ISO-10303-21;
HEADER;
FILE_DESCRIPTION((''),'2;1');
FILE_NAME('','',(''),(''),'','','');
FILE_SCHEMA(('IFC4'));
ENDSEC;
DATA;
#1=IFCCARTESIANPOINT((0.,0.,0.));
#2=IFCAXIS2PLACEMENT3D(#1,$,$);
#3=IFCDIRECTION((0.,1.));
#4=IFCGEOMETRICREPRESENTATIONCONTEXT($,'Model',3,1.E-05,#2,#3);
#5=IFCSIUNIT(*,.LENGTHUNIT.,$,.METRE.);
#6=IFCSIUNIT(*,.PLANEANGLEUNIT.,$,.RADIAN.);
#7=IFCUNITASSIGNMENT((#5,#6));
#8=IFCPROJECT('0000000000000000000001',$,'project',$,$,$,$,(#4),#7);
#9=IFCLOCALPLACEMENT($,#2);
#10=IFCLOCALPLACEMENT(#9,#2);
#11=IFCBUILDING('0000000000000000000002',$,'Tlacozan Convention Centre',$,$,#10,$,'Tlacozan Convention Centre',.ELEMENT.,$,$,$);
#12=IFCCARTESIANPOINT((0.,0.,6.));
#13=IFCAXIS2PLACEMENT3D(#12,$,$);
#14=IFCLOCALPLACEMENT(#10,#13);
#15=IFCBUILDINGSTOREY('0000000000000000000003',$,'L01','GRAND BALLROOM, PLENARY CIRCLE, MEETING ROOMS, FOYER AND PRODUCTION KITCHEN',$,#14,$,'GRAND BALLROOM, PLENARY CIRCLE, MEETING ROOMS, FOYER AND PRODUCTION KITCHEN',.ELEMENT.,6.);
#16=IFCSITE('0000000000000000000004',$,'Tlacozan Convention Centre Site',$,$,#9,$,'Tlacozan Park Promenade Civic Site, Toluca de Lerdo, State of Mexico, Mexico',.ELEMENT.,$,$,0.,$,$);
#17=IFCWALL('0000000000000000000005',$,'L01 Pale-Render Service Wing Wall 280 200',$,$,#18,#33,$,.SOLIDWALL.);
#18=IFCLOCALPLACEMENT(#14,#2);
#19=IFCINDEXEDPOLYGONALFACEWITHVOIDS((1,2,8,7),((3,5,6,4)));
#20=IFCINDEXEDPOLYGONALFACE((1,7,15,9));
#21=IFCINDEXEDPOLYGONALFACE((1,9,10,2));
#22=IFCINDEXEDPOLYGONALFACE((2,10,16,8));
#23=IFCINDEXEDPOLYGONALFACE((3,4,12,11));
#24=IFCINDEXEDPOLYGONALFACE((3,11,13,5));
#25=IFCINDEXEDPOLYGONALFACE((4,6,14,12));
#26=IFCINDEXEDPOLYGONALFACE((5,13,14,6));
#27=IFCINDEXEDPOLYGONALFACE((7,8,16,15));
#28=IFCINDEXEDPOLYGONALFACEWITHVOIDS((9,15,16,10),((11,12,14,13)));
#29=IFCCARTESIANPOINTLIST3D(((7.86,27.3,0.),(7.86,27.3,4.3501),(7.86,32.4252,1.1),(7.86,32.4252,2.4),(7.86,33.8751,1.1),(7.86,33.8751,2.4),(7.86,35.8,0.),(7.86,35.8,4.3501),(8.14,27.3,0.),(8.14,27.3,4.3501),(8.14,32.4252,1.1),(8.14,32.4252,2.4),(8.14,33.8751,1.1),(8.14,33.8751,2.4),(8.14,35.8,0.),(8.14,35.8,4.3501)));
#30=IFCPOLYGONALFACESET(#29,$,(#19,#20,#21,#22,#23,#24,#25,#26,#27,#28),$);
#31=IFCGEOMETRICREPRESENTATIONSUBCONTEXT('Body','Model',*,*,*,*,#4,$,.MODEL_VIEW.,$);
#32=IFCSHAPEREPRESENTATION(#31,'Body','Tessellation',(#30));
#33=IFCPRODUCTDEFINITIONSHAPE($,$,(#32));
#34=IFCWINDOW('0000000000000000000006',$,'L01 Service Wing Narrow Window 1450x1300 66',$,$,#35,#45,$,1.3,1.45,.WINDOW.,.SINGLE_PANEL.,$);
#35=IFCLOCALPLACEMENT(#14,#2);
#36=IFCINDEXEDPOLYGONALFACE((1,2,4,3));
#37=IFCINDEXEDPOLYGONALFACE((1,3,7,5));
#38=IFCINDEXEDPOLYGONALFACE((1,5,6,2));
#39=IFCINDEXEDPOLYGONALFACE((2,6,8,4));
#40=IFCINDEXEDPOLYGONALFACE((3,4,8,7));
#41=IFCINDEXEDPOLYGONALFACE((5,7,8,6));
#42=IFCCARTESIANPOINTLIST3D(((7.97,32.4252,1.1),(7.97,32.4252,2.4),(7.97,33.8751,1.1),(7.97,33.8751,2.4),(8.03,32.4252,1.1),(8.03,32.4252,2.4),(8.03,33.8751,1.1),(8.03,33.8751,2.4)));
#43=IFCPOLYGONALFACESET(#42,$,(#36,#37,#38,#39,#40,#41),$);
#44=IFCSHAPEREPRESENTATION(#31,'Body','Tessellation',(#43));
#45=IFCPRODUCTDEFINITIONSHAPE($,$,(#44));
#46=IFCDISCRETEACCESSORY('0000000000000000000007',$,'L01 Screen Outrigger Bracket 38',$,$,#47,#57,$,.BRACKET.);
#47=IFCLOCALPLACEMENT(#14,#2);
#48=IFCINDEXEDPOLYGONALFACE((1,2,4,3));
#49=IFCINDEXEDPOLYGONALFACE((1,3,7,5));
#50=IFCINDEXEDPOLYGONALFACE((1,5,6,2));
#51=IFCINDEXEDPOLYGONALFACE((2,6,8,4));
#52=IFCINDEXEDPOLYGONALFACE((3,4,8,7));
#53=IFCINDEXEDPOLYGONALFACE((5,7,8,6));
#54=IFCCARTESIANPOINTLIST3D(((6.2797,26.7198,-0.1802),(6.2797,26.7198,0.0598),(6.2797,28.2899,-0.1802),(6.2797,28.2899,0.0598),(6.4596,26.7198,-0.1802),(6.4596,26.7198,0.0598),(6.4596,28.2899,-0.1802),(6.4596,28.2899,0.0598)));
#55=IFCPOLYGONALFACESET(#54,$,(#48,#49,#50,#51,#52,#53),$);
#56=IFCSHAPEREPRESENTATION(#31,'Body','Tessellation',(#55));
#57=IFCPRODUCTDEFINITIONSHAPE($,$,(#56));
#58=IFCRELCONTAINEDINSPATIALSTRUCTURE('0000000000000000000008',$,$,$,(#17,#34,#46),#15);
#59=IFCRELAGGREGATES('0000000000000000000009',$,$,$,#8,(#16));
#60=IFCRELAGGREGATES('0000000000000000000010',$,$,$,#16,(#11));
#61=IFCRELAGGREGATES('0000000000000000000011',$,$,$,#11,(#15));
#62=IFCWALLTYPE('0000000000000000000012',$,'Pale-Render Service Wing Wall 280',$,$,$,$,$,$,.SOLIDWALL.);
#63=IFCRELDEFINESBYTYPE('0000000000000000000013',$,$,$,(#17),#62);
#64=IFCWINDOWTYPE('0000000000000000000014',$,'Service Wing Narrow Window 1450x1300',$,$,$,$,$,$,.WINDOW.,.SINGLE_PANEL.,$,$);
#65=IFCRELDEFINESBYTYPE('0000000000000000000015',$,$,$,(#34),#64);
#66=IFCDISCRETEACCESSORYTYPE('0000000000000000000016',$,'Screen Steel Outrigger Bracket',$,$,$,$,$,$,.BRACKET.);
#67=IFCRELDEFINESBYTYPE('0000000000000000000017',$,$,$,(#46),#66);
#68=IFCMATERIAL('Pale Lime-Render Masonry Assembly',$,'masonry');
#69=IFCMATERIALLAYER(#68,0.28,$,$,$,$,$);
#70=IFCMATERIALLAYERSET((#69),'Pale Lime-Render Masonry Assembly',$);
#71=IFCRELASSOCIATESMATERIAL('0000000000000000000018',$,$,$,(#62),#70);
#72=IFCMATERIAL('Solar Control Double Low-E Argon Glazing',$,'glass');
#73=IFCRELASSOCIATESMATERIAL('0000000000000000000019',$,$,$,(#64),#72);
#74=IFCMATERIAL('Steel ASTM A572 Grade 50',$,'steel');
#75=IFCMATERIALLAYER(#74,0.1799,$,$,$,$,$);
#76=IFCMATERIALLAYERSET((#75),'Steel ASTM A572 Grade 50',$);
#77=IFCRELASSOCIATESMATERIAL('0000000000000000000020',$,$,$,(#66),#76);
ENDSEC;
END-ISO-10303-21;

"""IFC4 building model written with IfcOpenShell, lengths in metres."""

from ifc_helpers import new_model, si_unit, direction, frame, frame_2d, origin, origin_2d, place, context, subcontext, project, spatial, rectangle, extrude, material, layer, layer_set, type_object, element, fill, save


model = new_model("IFC4")

# Units and contexts
model_context = context("Model", 3, precision=1e-05, world=origin(), true_north=direction((0.0, 1.0)))
body_context = subcontext(model_context, "Body", "Model", "MODEL_VIEW")
ifc_project = project(units=[si_unit("LENGTHUNIT", "METRE"), si_unit("PLANEANGLEUNIT", "RADIAN")], contexts=[model_context])

# Site, building, storey
site_placement = place(None, origin())
site = spatial("IfcSite", under=ifc_project, at=site_placement, Name="Tlacozan Convention Centre Site", LongName="Tlacozan Park Promenade Civic Site, Toluca de Lerdo, State of Mexico, Mexico", CompositionType="ELEMENT", RefElevation=0.0)
building_placement = place(site_placement, origin())
building = spatial("IfcBuilding", under=site, at=building_placement, Name="Tlacozan Convention Centre", LongName="Tlacozan Convention Centre", CompositionType="ELEMENT")
storey_placement = place(building_placement, frame((0.0, 0.0, 6.0)))
storey = spatial("IfcBuildingStorey", under=building, at=storey_placement, Name="L01", Description="GRAND BALLROOM, PLENARY CIRCLE, MEETING ROOMS, FOYER AND PRODUCTION KITCHEN", LongName="GRAND BALLROOM, PLENARY CIRCLE, MEETING ROOMS, FOYER AND PRODUCTION KITCHEN", CompositionType="ELEMENT", Elevation=6.0)

# Shared definitions
ifc_material_1 = material(Name="Solar Control Double Low-E Argon Glazing", Category="glass")

# Wall, opening, window
ifc_material_2 = material(Name="Pale Lime-Render Masonry Assembly", Category="masonry")
ifc_layer_1 = layer(ifc_material_2, 0.28)
ifc_layer_set_1 = layer_set([ifc_layer_1], Name="Pale Lime-Render Masonry Assembly")
wall_type_1 = type_object("IfcWallType", Name="Pale-Render Service Wing Wall 280", PredefinedType="SOLIDWALL", material=ifc_layer_set_1)
wall_1_placement = place(storey_placement, frame((8.0, 27.3, 0.0), z_axis=(0.0, 0.0, 1.0), x_axis=(0.0, 1.0, 0.0)))
wall_1 = element("IfcWall", 1, at=wall_1_placement, inside=storey, type_object=wall_type_1, Name="L01 Pale-Render Service Wing Wall 280 200", PredefinedType="SOLIDWALL", context=body_context, shape_type="SweptSolid", body=[
    extrude(rectangle(XDim=8.5, YDim=0.28, at=frame_2d((4.25, 0.0))), origin(), (0.0, 0.0, 1.0), 4.3501),
])
opening_1_placement = place(wall_1_placement, frame((5.125, 0.0, 1.1001)))
opening_1 = element("IfcOpeningElement", 2, at=opening_1_placement, cuts=wall_1, PredefinedType="OPENING", context=body_context, shape_type="SweptSolid", body=[
    extrude(rectangle(XDim=1.45, YDim=1.3, at=frame_2d((0.7251, 0.6499))), frame((0.0, 0.1499, 0.0), z_axis=(0.0, -1.0, 0.0), x_axis=(1.0, 0.0, 0.0)), (0.0, 0.0, 1.0), 0.3),
])
window_type = type_object("IfcWindowType", Name="Service Wing Narrow Window 1450x1300", PartitioningType="SINGLE_PANEL", PredefinedType="WINDOW", material=ifc_material_1)
window_placement = place(opening_1_placement, origin())
window = element("IfcWindow", 3, at=window_placement, inside=storey, type_object=window_type, Name="L01 Service Wing Narrow Window 1450x1300 66", OverallHeight=1.3, OverallWidth=1.45, PartitioningType="SINGLE_PANEL", PredefinedType="WINDOW", context=body_context, shape_type="SweptSolid", body=[
    extrude(rectangle(XDim=1.45, YDim=1.3, at=frame_2d((0.7251, 0.6499))), frame((0.0, 0.03, 0.0), z_axis=(0.0, -1.0, 0.0), x_axis=(1.0, 0.0, 0.0)), (0.0, 0.0, 1.0), 0.0601),
])
fill(opening_1, window)

# Discrete accessory
ifc_material_3 = material(Name="Steel ASTM A572 Grade 50", Category="steel")
ifc_layer_2 = layer(ifc_material_3, 0.1799)
ifc_layer_set_2 = layer_set([ifc_layer_2], Name="Steel ASTM A572 Grade 50")
discrete_accessory_type = type_object("IfcDiscreteAccessoryType", Name="Screen Steel Outrigger Bracket", PredefinedType="BRACKET", material=ifc_layer_set_2)
discrete_accessory_placement = place(storey_placement, frame((6.3696, 27.5049, -0.1802), z_axis=(0.0, 0.0, 1.0), x_axis=(0.0, -1.0, 0.0)))
element("IfcDiscreteAccessory", 4, at=discrete_accessory_placement, inside=storey, type_object=discrete_accessory_type, Name="L01 Screen Outrigger Bracket 38", PredefinedType="BRACKET", context=body_context, shape_type="SweptSolid", body=[
    extrude(rectangle(XDim=1.5701, YDim=0.1799, at=origin_2d()), origin(), (0.0, 0.0, 1.0), 0.24),
])

save(model, "model.ifc")
